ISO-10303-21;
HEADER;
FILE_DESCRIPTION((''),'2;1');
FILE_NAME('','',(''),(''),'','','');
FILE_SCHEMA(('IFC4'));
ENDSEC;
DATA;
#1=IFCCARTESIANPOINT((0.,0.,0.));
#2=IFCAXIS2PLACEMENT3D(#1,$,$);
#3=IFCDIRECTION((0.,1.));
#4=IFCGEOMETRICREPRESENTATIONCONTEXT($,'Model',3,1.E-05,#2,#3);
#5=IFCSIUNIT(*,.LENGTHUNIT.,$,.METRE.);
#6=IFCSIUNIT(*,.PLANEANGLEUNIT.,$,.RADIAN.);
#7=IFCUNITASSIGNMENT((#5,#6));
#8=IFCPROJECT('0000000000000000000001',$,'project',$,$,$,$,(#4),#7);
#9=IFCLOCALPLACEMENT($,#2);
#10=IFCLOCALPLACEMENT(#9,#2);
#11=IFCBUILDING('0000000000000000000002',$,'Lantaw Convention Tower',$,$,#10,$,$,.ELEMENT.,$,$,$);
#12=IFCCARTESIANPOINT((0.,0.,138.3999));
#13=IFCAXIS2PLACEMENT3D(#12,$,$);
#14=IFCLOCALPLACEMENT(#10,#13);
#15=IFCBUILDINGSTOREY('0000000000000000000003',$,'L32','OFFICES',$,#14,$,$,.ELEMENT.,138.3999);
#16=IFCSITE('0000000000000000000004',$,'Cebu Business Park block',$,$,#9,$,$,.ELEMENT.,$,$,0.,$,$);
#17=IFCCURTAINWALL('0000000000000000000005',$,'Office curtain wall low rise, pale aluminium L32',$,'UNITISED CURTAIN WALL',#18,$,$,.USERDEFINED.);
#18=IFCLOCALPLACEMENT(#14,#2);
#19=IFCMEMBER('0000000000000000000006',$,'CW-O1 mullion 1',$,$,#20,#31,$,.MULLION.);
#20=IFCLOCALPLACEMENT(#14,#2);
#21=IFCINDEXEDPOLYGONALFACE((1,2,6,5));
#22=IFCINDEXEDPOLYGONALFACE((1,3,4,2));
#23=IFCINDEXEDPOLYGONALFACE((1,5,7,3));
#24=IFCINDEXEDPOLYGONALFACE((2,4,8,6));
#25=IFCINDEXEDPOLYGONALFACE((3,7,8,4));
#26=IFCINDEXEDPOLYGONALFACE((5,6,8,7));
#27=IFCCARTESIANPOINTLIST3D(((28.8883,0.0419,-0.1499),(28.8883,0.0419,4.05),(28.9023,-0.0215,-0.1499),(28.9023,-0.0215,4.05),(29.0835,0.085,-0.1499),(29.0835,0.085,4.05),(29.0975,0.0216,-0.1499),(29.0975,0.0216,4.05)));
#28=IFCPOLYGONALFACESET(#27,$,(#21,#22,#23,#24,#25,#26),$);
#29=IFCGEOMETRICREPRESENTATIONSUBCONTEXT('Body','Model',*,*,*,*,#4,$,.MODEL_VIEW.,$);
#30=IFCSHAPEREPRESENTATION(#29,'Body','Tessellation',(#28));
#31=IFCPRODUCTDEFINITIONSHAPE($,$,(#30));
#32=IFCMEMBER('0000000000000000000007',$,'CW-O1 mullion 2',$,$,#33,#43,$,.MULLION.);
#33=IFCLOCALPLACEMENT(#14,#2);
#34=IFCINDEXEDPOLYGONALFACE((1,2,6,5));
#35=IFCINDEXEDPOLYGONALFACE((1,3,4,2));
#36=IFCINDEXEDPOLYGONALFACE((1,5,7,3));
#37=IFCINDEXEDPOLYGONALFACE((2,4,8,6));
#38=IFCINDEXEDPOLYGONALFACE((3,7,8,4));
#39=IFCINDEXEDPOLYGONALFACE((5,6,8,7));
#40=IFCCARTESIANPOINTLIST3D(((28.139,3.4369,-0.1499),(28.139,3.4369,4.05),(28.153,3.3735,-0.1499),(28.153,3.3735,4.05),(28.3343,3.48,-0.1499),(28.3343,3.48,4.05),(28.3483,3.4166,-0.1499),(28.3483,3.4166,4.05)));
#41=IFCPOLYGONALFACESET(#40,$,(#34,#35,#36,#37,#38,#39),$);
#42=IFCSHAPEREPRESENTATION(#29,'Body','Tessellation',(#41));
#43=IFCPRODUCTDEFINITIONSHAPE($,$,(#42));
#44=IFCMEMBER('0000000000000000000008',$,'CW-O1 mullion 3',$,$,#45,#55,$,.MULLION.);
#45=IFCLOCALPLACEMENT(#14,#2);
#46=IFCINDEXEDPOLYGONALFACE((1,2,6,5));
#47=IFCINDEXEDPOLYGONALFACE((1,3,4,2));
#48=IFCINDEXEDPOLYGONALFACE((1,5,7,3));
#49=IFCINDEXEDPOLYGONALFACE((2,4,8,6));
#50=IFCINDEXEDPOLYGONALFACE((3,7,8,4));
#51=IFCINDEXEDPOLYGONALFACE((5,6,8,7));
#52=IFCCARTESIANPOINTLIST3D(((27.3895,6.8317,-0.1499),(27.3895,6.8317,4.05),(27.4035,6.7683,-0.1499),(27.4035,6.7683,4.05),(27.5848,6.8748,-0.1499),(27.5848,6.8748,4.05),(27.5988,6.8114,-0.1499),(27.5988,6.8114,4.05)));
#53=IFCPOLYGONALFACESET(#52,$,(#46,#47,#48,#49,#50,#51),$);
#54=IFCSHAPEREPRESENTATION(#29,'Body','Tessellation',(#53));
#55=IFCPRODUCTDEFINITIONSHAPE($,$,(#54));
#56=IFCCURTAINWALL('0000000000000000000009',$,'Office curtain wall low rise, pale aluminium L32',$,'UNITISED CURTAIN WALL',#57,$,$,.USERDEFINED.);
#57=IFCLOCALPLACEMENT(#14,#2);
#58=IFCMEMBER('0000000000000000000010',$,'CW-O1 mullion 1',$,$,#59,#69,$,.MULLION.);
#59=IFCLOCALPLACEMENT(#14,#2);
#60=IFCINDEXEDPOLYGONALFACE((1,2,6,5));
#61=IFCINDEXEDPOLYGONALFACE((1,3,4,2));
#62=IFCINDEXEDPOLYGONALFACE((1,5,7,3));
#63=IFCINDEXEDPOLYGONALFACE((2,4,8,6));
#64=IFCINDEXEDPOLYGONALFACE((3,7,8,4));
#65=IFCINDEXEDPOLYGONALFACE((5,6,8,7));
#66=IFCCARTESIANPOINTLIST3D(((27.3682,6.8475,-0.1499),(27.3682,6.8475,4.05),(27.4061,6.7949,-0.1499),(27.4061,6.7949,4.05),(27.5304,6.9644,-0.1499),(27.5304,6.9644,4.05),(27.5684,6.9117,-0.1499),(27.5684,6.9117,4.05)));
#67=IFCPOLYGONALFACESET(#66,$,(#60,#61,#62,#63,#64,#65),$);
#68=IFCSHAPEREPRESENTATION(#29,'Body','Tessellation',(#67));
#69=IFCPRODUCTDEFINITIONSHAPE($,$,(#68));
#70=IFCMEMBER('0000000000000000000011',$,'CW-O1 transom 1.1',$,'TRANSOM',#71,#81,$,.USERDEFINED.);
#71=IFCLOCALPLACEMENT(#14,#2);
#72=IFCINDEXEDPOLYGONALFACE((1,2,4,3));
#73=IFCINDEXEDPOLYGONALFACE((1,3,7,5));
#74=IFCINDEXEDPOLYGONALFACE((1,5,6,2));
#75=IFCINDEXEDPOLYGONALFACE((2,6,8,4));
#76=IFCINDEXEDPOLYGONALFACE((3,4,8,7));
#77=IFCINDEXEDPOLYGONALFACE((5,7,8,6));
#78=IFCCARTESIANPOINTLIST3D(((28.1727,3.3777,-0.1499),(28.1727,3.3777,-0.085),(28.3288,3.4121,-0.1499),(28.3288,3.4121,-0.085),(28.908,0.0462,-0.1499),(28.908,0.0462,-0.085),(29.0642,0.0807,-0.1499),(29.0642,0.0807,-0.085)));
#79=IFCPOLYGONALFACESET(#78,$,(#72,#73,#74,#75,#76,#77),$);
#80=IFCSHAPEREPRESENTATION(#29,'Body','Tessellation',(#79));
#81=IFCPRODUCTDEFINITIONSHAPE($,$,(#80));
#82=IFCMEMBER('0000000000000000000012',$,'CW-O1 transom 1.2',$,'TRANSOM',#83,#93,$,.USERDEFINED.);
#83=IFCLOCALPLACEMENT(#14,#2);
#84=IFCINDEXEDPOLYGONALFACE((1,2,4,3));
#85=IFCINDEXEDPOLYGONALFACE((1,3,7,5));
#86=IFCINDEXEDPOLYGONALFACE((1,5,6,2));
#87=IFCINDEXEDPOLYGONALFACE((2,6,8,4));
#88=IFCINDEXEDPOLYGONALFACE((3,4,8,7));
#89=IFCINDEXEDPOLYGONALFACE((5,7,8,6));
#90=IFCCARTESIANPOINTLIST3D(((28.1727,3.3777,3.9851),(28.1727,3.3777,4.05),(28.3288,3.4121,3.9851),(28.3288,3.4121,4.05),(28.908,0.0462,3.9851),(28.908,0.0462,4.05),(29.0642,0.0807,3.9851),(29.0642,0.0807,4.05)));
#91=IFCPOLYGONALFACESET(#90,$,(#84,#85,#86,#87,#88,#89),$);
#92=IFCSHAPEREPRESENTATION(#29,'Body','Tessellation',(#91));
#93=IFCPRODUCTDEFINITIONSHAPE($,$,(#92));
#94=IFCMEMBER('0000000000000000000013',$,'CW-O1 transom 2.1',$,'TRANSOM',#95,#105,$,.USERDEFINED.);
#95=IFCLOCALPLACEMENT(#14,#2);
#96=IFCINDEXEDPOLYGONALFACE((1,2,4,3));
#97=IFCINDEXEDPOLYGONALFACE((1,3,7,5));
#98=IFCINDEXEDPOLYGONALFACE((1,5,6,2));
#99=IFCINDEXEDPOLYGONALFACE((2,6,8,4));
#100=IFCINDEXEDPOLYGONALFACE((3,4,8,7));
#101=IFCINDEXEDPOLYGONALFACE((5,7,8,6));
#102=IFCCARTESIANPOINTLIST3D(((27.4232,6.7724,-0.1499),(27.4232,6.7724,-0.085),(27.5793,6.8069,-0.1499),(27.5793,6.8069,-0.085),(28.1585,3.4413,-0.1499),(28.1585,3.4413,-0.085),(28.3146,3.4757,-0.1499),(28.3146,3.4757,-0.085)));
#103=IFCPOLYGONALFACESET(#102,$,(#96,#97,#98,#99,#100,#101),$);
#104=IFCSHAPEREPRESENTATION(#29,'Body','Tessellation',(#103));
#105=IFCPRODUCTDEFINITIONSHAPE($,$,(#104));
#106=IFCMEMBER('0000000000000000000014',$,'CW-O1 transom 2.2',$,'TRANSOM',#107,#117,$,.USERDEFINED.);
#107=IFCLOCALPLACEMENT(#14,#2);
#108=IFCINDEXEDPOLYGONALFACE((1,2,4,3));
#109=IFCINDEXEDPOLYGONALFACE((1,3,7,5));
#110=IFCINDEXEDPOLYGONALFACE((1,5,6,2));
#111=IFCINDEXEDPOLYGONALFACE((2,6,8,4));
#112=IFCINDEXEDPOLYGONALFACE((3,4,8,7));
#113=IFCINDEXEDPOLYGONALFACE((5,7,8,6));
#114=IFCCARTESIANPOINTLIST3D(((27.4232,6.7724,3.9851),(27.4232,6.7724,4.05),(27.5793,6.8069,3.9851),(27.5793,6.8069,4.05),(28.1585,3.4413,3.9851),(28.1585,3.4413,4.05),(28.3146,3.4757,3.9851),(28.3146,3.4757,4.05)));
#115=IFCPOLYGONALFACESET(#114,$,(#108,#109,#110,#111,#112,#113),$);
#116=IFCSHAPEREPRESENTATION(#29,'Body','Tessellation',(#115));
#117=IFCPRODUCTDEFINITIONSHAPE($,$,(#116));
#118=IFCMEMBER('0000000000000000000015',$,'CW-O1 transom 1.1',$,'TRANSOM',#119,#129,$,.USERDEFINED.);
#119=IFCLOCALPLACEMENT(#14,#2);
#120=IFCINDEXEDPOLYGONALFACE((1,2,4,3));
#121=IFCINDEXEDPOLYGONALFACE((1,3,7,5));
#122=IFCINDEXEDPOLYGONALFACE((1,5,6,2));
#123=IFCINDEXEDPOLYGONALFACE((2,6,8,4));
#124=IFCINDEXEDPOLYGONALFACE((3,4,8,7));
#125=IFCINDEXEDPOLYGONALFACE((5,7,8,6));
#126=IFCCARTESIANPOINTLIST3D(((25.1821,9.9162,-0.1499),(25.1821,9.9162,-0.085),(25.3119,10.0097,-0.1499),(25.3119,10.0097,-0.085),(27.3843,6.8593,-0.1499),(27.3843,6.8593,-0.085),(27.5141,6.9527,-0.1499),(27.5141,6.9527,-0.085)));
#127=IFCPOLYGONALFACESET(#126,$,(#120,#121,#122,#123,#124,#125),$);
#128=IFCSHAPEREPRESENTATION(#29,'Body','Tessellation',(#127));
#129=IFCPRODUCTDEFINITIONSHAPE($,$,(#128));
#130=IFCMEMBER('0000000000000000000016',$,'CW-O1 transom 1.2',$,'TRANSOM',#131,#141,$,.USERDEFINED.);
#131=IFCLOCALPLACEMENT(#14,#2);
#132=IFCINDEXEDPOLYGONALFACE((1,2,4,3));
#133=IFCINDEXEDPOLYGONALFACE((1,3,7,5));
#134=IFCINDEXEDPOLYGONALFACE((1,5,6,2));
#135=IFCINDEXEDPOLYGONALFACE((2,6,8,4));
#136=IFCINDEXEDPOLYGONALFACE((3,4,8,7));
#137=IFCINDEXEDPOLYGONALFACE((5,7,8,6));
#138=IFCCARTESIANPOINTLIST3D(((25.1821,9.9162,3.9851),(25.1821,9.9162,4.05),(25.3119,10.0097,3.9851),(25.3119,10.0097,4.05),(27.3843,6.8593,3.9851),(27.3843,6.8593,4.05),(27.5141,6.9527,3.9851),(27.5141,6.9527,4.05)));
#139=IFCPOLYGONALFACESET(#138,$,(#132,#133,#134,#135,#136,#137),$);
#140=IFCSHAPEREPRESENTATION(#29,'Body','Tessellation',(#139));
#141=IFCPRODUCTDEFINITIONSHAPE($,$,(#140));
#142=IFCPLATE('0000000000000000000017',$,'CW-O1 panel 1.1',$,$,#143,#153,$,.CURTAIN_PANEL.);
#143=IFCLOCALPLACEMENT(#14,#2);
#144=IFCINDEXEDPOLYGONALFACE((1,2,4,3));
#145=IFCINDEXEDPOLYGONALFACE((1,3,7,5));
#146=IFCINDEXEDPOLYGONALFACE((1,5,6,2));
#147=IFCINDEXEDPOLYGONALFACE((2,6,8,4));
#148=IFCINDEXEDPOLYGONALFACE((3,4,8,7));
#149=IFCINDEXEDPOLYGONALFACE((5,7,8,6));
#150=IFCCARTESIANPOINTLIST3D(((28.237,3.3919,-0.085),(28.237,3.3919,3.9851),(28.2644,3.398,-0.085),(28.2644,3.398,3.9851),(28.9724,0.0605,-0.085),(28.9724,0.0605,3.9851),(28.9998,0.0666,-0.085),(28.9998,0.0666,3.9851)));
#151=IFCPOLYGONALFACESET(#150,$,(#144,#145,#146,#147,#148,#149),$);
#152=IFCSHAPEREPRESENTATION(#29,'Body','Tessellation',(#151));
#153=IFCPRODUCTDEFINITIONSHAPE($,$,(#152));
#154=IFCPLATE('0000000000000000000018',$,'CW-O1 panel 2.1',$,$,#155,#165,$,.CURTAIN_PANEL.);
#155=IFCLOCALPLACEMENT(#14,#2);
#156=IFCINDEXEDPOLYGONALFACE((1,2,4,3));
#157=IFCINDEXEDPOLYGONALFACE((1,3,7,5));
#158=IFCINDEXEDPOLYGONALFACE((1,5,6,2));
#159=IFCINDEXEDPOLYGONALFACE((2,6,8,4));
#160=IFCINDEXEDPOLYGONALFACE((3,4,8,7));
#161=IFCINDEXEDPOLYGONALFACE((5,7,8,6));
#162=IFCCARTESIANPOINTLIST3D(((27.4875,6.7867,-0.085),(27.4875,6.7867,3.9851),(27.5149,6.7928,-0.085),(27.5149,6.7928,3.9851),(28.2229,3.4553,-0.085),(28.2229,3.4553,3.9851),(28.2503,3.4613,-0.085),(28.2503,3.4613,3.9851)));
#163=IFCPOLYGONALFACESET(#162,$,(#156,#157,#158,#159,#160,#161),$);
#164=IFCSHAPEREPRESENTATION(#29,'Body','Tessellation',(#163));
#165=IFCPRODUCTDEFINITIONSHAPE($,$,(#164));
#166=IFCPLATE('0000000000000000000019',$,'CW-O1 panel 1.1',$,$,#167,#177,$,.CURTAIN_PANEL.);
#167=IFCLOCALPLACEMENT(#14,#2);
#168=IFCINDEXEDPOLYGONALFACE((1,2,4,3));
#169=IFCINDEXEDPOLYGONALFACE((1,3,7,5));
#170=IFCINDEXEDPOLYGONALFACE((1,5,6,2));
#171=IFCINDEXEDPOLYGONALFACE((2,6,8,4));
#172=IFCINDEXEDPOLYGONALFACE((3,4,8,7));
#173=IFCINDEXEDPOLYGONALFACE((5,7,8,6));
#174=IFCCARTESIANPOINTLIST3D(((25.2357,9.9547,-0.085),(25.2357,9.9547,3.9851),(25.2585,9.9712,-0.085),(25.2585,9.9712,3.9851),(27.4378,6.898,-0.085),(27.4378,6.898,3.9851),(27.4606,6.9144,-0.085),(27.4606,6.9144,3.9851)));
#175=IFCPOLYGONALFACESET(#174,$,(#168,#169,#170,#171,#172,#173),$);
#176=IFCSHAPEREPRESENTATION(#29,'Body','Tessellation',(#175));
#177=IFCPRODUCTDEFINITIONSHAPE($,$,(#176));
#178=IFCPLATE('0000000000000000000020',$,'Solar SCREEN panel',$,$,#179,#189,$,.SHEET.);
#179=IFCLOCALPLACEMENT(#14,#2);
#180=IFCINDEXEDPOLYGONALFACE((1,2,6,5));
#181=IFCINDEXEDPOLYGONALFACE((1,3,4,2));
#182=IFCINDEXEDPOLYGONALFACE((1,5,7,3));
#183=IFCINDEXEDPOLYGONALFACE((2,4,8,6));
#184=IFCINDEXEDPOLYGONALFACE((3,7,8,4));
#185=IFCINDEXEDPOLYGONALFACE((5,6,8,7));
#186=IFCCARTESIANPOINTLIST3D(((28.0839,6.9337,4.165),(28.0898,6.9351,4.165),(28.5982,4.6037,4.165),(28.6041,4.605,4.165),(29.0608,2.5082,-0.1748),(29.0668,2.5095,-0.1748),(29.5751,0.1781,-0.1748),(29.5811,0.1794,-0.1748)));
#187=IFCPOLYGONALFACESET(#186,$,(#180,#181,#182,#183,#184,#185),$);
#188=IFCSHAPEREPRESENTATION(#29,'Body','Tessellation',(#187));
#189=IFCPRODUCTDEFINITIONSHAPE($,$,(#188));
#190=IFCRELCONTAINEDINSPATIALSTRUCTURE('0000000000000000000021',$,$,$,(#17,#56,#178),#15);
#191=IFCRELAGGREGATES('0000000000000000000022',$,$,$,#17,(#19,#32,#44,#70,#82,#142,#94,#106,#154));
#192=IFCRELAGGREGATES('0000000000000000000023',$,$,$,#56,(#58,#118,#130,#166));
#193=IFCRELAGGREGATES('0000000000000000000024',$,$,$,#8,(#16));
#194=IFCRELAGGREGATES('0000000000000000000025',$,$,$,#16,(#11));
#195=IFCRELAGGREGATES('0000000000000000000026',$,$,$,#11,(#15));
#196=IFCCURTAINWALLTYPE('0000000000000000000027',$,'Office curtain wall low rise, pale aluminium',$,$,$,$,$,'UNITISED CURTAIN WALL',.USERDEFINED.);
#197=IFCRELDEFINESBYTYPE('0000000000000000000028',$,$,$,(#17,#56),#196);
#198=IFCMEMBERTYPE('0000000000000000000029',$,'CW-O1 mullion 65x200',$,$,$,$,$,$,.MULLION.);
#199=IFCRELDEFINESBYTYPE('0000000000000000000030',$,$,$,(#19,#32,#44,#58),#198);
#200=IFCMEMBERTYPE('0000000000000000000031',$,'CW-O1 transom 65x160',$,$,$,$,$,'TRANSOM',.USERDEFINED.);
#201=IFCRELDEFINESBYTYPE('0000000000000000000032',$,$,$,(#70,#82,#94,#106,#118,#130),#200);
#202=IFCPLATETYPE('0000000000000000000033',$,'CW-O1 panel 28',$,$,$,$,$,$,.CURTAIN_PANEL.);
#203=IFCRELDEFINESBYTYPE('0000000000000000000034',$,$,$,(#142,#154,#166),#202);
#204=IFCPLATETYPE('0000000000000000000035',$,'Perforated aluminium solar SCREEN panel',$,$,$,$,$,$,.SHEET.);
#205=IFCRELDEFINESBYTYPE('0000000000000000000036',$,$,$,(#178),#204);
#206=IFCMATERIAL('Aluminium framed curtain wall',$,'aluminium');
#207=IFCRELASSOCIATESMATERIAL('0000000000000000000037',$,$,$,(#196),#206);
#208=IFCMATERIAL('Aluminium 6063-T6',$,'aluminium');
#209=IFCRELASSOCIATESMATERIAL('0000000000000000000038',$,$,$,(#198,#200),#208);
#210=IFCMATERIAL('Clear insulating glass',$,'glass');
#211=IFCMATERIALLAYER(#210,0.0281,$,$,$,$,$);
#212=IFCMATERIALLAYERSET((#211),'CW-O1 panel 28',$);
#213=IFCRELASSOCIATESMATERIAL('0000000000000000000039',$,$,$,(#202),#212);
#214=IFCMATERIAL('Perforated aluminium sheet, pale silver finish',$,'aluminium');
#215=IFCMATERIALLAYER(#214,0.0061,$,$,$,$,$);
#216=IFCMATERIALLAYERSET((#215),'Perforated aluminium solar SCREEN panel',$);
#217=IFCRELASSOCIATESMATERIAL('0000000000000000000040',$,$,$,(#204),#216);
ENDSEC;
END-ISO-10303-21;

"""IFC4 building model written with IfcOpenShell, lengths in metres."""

from ifc_helpers import new_model, si_unit, direction, frame, origin, origin_2d, place, context, subcontext, project, spatial, polyline, rectangle, outline, extrude, material, layer, layer_set, material_profile, profile_set, type_object, element, aggregate, save


model = new_model("IFC4")

# Units and contexts
model_context = context("Model", 3, precision=1e-05, world=origin(), true_north=direction((0.0, 1.0)))
body_context = subcontext(model_context, "Body", "Model", "MODEL_VIEW")
ifc_project = project(units=[si_unit("LENGTHUNIT", "METRE"), si_unit("PLANEANGLEUNIT", "RADIAN")], contexts=[model_context])

# Site, building, storey
site_placement = place(None, origin())
site = spatial("IfcSite", under=ifc_project, at=site_placement, Name="Cebu Business Park block", CompositionType="ELEMENT", RefElevation=0.0)
building_placement = place(site_placement, origin())
building = spatial("IfcBuilding", under=site, at=building_placement, Name="Lantaw Convention Tower", CompositionType="ELEMENT")
storey_placement = place(building_placement, frame((0.0, 0.0, 138.3999)))
storey = spatial("IfcBuildingStorey", under=building, at=storey_placement, Name="L32", Description="OFFICES", CompositionType="ELEMENT", Elevation=138.3999)

# Curtain wall, members
ifc_material_1 = material(Name="Aluminium framed curtain wall", Category="aluminium")
curtain_wall_type = type_object("IfcCurtainWallType", Name="Office curtain wall low rise, pale aluminium", ElementType="UNITISED CURTAIN WALL", PredefinedType="USERDEFINED", material=ifc_material_1)
curtain_wall_1_placement = place(storey_placement, origin())
curtain_wall_1 = element("IfcCurtainWall", 1, at=curtain_wall_1_placement, inside=storey, type_object=curtain_wall_type, Name="Office curtain wall low rise, pale aluminium L32", ObjectType="UNITISED CURTAIN WALL", PredefinedType="USERDEFINED")
ifc_material_2 = material(Name="Aluminium 6063-T6", Category="aluminium")
ifc_material_profile_1 = material_profile(ifc_material_2, rectangle(XDim=0.2, YDim=0.0649, at=origin_2d()), Name="CW-O1 mullion 65x200")
ifc_profile_set_1 = profile_set([ifc_material_profile_1], Name="Aluminium 6063-T6")
member_type_1 = type_object("IfcMemberType", Name="CW-O1 mullion 65x200", PredefinedType="MULLION", material=ifc_profile_set_1)
member_1_placement = place(storey_placement, frame((28.9929, 0.0317, -0.1499), z_axis=(0.0, 0.0, 1.0), x_axis=(-0.976494, -0.215546, 0.0)))
member_1 = element("IfcMember", 2, at=member_1_placement, type_object=member_type_1, Name="CW-O1 mullion 1", PredefinedType="MULLION", context=body_context, shape_type="SweptSolid", body=[
    extrude(rectangle(XDim=0.2, YDim=0.0649, at=origin_2d()), origin(), (0.0, 0.0, 1.0), 4.2),
])
member_2_placement = place(storey_placement, frame((28.2437, 3.4268, -0.1499), z_axis=(0.0, 0.0, 1.0), x_axis=(-0.976494, -0.215546, 0.0)))
member_2 = element("IfcMember", 3, at=member_2_placement, type_object=member_type_1, Name="CW-O1 mullion 2", PredefinedType="MULLION", context=body_context, shape_type="SweptSolid", body=[
    extrude(rectangle(XDim=0.2, YDim=0.0649, at=origin_2d()), origin(), (0.0, 0.0, 1.0), 4.2),
])
member_3_placement = place(storey_placement, frame((27.4941, 6.8215, -0.1499), z_axis=(0.0, 0.0, 1.0), x_axis=(-0.976494, -0.215546, 0.0)))
member_3 = element("IfcMember", 4, at=member_3_placement, type_object=member_type_1, Name="CW-O1 mullion 3", PredefinedType="MULLION", context=body_context, shape_type="SweptSolid", body=[
    extrude(rectangle(XDim=0.2, YDim=0.0649, at=origin_2d()), origin(), (0.0, 0.0, 1.0), 4.2),
])

# Curtain wall, member
curtain_wall_2_placement = place(storey_placement, origin())
curtain_wall_2 = element("IfcCurtainWall", 5, at=curtain_wall_2_placement, inside=storey, type_object=curtain_wall_type, Name="Office curtain wall low rise, pale aluminium L32", ObjectType="UNITISED CURTAIN WALL", PredefinedType="USERDEFINED")
member_4_placement = place(storey_placement, frame((27.4683, 6.8796, -0.1499), z_axis=(0.0, 0.0, 1.0), x_axis=(-0.811385, -0.584513, 0.0)))
member_4 = element("IfcMember", 6, at=member_4_placement, type_object=member_type_1, Name="CW-O1 mullion 1", PredefinedType="MULLION", context=body_context, shape_type="SweptSolid", body=[
    extrude(rectangle(XDim=0.2, YDim=0.0649, at=origin_2d()), origin(), (0.0, 0.0, 1.0), 4.2),
])

# Members
ifc_material_profile_2 = material_profile(ifc_material_2, rectangle(XDim=0.1599, YDim=0.0649, at=origin_2d()), Name="CW-O1 transom 65x160")
ifc_profile_set_2 = profile_set([ifc_material_profile_2], Name="Aluminium 6063-T6")
member_type_2 = type_object("IfcMemberType", Name="CW-O1 transom 65x160", ElementType="TRANSOM", PredefinedType="USERDEFINED", material=ifc_profile_set_2)
member_5_placement = place(storey_placement, frame((28.9861, 0.0635, -0.1174), z_axis=(-0.215536, 0.976496, 0.0), x_axis=(-0.976496, -0.215536, 0.0)))
member_5 = element("IfcMember", 7, at=member_5_placement, type_object=member_type_2, Name="CW-O1 transom 1.1", ObjectType="TRANSOM", PredefinedType="USERDEFINED", context=body_context, shape_type="SweptSolid", body=[
    extrude(rectangle(XDim=0.1599, YDim=0.0649, at=origin_2d()), origin(), (0.0, 0.0, 1.0), 3.4116),
])
member_6_placement = place(storey_placement, frame((28.9861, 0.0635, 4.0176), z_axis=(-0.215536, 0.976496, 0.0), x_axis=(-0.976496, -0.215536, 0.0)))
member_6 = element("IfcMember", 8, at=member_6_placement, type_object=member_type_2, Name="CW-O1 transom 1.2", ObjectType="TRANSOM", PredefinedType="USERDEFINED", context=body_context, shape_type="SweptSolid", body=[
    extrude(rectangle(XDim=0.1599, YDim=0.0649, at=origin_2d()), origin(), (0.0, 0.0, 1.0), 3.4116),
])
member_7_placement = place(storey_placement, frame((28.2366, 3.4585, -0.1174), z_axis=(-0.215551, 0.976493, 0.0), x_axis=(-0.976493, -0.215551, 0.0)))
member_7 = element("IfcMember", 9, at=member_7_placement, type_object=member_type_2, Name="CW-O1 transom 2.1", ObjectType="TRANSOM", PredefinedType="USERDEFINED", context=body_context, shape_type="SweptSolid", body=[
    extrude(rectangle(XDim=0.1599, YDim=0.0649, at=origin_2d()), origin(), (0.0, 0.0, 1.0), 3.4114),
])
member_8_placement = place(storey_placement, frame((28.2366, 3.4585, 4.0176), z_axis=(-0.215551, 0.976493, 0.0), x_axis=(-0.976493, -0.215551, 0.0)))
member_8 = element("IfcMember", 10, at=member_8_placement, type_object=member_type_2, Name="CW-O1 transom 2.2", ObjectType="TRANSOM", PredefinedType="USERDEFINED", context=body_context, shape_type="SweptSolid", body=[
    extrude(rectangle(XDim=0.1599, YDim=0.0649, at=origin_2d()), origin(), (0.0, 0.0, 1.0), 3.4114),
])
member_9_placement = place(storey_placement, frame((27.4492, 6.906, -0.1174), z_axis=(-0.584513, 0.811384, 0.0), x_axis=(-0.811384, -0.584513, 0.0)))
member_9 = element("IfcMember", 11, at=member_9_placement, type_object=member_type_2, Name="CW-O1 transom 1.1", ObjectType="TRANSOM", PredefinedType="USERDEFINED", context=body_context, shape_type="SweptSolid", body=[
    extrude(rectangle(XDim=0.1599, YDim=0.0649, at=origin_2d()), origin(), (0.0, 0.0, 1.0), 3.7676),
])
member_10_placement = place(storey_placement, frame((27.4492, 6.906, 4.0176), z_axis=(-0.584513, 0.811384, 0.0), x_axis=(-0.811384, -0.584513, 0.0)))
member_10 = element("IfcMember", 12, at=member_10_placement, type_object=member_type_2, Name="CW-O1 transom 1.2", ObjectType="TRANSOM", PredefinedType="USERDEFINED", context=body_context, shape_type="SweptSolid", body=[
    extrude(rectangle(XDim=0.1599, YDim=0.0649, at=origin_2d()), origin(), (0.0, 0.0, 1.0), 3.7676),
])

# Plates
ifc_material_3 = material(Name="Clear insulating glass", Category="glass")
ifc_layer_1 = layer(ifc_material_3, 0.0281)
ifc_layer_set_1 = layer_set([ifc_layer_1], Name="CW-O1 panel 28")
plate_type_1 = type_object("IfcPlateType", Name="CW-O1 panel 28", PredefinedType="CURTAIN_PANEL", material=ifc_layer_set_1)
plate_1_placement = place(storey_placement, frame((28.6184, 1.7292, -0.085), z_axis=(0.0, 0.0, 1.0), x_axis=(-0.215546, 0.976494, 0.0)))
plate_1 = element("IfcPlate", 13, at=plate_1_placement, type_object=plate_type_1, Name="CW-O1 panel 1.1", PredefinedType="CURTAIN_PANEL", context=body_context, shape_type="SweptSolid", body=[
    extrude(rectangle(XDim=3.4116, YDim=0.0281, at=origin_2d()), origin(), (0.0, 0.0, 1.0), 4.0701),
])
plate_2_placement = place(storey_placement, frame((27.8689, 5.124, -0.085), z_axis=(0.0, 0.0, 1.0), x_axis=(-0.215546, 0.976494, 0.0)))
plate_2 = element("IfcPlate", 14, at=plate_2_placement, type_object=plate_type_1, Name="CW-O1 panel 2.1", PredefinedType="CURTAIN_PANEL", context=body_context, shape_type="SweptSolid", body=[
    extrude(rectangle(XDim=3.4116, YDim=0.0281, at=origin_2d()), origin(), (0.0, 0.0, 1.0), 4.0701),
])
aggregate(curtain_wall_1, [member_1, member_2, member_3, member_5, member_6, plate_1, member_7, member_8, plate_2])
plate_3_placement = place(storey_placement, frame((26.3481, 8.4346, -0.085), z_axis=(0.0, 0.0, 1.0), x_axis=(-0.584513, 0.811385, 0.0)))
plate_3 = element("IfcPlate", 15, at=plate_3_placement, type_object=plate_type_1, Name="CW-O1 panel 1.1", PredefinedType="CURTAIN_PANEL", context=body_context, shape_type="SweptSolid", body=[
    extrude(rectangle(XDim=3.7673, YDim=0.0281, at=origin_2d()), origin(), (0.0, 0.0, 1.0), 4.0701),
])
aggregate(curtain_wall_2, [member_4, member_9, member_10, plate_3])

# Plate
ifc_material_4 = material(Name="Perforated aluminium sheet, pale silver finish", Category="aluminium")
ifc_layer_2 = layer(ifc_material_4, 0.0061)
ifc_layer_set_2 = layer_set([ifc_layer_2], Name="Perforated aluminium solar SCREEN panel")
plate_type_2 = type_object("IfcPlateType", Name="Perforated aluminium solar SCREEN panel", PredefinedType="SHEET", material=ifc_layer_set_2)
plate_4_placement = place(storey_placement, frame((29.5811, 0.1794, -0.1748), z_axis=(0.976498, 0.215527, 0.000033), x_axis=(-0.215527, 0.976498, 0.0)))
element("IfcPlate", 16, at=plate_4_placement, inside=storey, type_object=plate_type_2, Name="Solar SCREEN panel", PredefinedType="SHEET", context=body_context, shape_type="SweptSolid", body=[
    extrude(outline(polyline([(0.0, 0.0), (2.3862, 0.0), (6.9182, 4.3398), (4.5321, 4.3398), (0.0, 0.0)])), origin(), (0.0, 0.0, -1.0), 0.0061),
])

save(model, "model.ifc")
